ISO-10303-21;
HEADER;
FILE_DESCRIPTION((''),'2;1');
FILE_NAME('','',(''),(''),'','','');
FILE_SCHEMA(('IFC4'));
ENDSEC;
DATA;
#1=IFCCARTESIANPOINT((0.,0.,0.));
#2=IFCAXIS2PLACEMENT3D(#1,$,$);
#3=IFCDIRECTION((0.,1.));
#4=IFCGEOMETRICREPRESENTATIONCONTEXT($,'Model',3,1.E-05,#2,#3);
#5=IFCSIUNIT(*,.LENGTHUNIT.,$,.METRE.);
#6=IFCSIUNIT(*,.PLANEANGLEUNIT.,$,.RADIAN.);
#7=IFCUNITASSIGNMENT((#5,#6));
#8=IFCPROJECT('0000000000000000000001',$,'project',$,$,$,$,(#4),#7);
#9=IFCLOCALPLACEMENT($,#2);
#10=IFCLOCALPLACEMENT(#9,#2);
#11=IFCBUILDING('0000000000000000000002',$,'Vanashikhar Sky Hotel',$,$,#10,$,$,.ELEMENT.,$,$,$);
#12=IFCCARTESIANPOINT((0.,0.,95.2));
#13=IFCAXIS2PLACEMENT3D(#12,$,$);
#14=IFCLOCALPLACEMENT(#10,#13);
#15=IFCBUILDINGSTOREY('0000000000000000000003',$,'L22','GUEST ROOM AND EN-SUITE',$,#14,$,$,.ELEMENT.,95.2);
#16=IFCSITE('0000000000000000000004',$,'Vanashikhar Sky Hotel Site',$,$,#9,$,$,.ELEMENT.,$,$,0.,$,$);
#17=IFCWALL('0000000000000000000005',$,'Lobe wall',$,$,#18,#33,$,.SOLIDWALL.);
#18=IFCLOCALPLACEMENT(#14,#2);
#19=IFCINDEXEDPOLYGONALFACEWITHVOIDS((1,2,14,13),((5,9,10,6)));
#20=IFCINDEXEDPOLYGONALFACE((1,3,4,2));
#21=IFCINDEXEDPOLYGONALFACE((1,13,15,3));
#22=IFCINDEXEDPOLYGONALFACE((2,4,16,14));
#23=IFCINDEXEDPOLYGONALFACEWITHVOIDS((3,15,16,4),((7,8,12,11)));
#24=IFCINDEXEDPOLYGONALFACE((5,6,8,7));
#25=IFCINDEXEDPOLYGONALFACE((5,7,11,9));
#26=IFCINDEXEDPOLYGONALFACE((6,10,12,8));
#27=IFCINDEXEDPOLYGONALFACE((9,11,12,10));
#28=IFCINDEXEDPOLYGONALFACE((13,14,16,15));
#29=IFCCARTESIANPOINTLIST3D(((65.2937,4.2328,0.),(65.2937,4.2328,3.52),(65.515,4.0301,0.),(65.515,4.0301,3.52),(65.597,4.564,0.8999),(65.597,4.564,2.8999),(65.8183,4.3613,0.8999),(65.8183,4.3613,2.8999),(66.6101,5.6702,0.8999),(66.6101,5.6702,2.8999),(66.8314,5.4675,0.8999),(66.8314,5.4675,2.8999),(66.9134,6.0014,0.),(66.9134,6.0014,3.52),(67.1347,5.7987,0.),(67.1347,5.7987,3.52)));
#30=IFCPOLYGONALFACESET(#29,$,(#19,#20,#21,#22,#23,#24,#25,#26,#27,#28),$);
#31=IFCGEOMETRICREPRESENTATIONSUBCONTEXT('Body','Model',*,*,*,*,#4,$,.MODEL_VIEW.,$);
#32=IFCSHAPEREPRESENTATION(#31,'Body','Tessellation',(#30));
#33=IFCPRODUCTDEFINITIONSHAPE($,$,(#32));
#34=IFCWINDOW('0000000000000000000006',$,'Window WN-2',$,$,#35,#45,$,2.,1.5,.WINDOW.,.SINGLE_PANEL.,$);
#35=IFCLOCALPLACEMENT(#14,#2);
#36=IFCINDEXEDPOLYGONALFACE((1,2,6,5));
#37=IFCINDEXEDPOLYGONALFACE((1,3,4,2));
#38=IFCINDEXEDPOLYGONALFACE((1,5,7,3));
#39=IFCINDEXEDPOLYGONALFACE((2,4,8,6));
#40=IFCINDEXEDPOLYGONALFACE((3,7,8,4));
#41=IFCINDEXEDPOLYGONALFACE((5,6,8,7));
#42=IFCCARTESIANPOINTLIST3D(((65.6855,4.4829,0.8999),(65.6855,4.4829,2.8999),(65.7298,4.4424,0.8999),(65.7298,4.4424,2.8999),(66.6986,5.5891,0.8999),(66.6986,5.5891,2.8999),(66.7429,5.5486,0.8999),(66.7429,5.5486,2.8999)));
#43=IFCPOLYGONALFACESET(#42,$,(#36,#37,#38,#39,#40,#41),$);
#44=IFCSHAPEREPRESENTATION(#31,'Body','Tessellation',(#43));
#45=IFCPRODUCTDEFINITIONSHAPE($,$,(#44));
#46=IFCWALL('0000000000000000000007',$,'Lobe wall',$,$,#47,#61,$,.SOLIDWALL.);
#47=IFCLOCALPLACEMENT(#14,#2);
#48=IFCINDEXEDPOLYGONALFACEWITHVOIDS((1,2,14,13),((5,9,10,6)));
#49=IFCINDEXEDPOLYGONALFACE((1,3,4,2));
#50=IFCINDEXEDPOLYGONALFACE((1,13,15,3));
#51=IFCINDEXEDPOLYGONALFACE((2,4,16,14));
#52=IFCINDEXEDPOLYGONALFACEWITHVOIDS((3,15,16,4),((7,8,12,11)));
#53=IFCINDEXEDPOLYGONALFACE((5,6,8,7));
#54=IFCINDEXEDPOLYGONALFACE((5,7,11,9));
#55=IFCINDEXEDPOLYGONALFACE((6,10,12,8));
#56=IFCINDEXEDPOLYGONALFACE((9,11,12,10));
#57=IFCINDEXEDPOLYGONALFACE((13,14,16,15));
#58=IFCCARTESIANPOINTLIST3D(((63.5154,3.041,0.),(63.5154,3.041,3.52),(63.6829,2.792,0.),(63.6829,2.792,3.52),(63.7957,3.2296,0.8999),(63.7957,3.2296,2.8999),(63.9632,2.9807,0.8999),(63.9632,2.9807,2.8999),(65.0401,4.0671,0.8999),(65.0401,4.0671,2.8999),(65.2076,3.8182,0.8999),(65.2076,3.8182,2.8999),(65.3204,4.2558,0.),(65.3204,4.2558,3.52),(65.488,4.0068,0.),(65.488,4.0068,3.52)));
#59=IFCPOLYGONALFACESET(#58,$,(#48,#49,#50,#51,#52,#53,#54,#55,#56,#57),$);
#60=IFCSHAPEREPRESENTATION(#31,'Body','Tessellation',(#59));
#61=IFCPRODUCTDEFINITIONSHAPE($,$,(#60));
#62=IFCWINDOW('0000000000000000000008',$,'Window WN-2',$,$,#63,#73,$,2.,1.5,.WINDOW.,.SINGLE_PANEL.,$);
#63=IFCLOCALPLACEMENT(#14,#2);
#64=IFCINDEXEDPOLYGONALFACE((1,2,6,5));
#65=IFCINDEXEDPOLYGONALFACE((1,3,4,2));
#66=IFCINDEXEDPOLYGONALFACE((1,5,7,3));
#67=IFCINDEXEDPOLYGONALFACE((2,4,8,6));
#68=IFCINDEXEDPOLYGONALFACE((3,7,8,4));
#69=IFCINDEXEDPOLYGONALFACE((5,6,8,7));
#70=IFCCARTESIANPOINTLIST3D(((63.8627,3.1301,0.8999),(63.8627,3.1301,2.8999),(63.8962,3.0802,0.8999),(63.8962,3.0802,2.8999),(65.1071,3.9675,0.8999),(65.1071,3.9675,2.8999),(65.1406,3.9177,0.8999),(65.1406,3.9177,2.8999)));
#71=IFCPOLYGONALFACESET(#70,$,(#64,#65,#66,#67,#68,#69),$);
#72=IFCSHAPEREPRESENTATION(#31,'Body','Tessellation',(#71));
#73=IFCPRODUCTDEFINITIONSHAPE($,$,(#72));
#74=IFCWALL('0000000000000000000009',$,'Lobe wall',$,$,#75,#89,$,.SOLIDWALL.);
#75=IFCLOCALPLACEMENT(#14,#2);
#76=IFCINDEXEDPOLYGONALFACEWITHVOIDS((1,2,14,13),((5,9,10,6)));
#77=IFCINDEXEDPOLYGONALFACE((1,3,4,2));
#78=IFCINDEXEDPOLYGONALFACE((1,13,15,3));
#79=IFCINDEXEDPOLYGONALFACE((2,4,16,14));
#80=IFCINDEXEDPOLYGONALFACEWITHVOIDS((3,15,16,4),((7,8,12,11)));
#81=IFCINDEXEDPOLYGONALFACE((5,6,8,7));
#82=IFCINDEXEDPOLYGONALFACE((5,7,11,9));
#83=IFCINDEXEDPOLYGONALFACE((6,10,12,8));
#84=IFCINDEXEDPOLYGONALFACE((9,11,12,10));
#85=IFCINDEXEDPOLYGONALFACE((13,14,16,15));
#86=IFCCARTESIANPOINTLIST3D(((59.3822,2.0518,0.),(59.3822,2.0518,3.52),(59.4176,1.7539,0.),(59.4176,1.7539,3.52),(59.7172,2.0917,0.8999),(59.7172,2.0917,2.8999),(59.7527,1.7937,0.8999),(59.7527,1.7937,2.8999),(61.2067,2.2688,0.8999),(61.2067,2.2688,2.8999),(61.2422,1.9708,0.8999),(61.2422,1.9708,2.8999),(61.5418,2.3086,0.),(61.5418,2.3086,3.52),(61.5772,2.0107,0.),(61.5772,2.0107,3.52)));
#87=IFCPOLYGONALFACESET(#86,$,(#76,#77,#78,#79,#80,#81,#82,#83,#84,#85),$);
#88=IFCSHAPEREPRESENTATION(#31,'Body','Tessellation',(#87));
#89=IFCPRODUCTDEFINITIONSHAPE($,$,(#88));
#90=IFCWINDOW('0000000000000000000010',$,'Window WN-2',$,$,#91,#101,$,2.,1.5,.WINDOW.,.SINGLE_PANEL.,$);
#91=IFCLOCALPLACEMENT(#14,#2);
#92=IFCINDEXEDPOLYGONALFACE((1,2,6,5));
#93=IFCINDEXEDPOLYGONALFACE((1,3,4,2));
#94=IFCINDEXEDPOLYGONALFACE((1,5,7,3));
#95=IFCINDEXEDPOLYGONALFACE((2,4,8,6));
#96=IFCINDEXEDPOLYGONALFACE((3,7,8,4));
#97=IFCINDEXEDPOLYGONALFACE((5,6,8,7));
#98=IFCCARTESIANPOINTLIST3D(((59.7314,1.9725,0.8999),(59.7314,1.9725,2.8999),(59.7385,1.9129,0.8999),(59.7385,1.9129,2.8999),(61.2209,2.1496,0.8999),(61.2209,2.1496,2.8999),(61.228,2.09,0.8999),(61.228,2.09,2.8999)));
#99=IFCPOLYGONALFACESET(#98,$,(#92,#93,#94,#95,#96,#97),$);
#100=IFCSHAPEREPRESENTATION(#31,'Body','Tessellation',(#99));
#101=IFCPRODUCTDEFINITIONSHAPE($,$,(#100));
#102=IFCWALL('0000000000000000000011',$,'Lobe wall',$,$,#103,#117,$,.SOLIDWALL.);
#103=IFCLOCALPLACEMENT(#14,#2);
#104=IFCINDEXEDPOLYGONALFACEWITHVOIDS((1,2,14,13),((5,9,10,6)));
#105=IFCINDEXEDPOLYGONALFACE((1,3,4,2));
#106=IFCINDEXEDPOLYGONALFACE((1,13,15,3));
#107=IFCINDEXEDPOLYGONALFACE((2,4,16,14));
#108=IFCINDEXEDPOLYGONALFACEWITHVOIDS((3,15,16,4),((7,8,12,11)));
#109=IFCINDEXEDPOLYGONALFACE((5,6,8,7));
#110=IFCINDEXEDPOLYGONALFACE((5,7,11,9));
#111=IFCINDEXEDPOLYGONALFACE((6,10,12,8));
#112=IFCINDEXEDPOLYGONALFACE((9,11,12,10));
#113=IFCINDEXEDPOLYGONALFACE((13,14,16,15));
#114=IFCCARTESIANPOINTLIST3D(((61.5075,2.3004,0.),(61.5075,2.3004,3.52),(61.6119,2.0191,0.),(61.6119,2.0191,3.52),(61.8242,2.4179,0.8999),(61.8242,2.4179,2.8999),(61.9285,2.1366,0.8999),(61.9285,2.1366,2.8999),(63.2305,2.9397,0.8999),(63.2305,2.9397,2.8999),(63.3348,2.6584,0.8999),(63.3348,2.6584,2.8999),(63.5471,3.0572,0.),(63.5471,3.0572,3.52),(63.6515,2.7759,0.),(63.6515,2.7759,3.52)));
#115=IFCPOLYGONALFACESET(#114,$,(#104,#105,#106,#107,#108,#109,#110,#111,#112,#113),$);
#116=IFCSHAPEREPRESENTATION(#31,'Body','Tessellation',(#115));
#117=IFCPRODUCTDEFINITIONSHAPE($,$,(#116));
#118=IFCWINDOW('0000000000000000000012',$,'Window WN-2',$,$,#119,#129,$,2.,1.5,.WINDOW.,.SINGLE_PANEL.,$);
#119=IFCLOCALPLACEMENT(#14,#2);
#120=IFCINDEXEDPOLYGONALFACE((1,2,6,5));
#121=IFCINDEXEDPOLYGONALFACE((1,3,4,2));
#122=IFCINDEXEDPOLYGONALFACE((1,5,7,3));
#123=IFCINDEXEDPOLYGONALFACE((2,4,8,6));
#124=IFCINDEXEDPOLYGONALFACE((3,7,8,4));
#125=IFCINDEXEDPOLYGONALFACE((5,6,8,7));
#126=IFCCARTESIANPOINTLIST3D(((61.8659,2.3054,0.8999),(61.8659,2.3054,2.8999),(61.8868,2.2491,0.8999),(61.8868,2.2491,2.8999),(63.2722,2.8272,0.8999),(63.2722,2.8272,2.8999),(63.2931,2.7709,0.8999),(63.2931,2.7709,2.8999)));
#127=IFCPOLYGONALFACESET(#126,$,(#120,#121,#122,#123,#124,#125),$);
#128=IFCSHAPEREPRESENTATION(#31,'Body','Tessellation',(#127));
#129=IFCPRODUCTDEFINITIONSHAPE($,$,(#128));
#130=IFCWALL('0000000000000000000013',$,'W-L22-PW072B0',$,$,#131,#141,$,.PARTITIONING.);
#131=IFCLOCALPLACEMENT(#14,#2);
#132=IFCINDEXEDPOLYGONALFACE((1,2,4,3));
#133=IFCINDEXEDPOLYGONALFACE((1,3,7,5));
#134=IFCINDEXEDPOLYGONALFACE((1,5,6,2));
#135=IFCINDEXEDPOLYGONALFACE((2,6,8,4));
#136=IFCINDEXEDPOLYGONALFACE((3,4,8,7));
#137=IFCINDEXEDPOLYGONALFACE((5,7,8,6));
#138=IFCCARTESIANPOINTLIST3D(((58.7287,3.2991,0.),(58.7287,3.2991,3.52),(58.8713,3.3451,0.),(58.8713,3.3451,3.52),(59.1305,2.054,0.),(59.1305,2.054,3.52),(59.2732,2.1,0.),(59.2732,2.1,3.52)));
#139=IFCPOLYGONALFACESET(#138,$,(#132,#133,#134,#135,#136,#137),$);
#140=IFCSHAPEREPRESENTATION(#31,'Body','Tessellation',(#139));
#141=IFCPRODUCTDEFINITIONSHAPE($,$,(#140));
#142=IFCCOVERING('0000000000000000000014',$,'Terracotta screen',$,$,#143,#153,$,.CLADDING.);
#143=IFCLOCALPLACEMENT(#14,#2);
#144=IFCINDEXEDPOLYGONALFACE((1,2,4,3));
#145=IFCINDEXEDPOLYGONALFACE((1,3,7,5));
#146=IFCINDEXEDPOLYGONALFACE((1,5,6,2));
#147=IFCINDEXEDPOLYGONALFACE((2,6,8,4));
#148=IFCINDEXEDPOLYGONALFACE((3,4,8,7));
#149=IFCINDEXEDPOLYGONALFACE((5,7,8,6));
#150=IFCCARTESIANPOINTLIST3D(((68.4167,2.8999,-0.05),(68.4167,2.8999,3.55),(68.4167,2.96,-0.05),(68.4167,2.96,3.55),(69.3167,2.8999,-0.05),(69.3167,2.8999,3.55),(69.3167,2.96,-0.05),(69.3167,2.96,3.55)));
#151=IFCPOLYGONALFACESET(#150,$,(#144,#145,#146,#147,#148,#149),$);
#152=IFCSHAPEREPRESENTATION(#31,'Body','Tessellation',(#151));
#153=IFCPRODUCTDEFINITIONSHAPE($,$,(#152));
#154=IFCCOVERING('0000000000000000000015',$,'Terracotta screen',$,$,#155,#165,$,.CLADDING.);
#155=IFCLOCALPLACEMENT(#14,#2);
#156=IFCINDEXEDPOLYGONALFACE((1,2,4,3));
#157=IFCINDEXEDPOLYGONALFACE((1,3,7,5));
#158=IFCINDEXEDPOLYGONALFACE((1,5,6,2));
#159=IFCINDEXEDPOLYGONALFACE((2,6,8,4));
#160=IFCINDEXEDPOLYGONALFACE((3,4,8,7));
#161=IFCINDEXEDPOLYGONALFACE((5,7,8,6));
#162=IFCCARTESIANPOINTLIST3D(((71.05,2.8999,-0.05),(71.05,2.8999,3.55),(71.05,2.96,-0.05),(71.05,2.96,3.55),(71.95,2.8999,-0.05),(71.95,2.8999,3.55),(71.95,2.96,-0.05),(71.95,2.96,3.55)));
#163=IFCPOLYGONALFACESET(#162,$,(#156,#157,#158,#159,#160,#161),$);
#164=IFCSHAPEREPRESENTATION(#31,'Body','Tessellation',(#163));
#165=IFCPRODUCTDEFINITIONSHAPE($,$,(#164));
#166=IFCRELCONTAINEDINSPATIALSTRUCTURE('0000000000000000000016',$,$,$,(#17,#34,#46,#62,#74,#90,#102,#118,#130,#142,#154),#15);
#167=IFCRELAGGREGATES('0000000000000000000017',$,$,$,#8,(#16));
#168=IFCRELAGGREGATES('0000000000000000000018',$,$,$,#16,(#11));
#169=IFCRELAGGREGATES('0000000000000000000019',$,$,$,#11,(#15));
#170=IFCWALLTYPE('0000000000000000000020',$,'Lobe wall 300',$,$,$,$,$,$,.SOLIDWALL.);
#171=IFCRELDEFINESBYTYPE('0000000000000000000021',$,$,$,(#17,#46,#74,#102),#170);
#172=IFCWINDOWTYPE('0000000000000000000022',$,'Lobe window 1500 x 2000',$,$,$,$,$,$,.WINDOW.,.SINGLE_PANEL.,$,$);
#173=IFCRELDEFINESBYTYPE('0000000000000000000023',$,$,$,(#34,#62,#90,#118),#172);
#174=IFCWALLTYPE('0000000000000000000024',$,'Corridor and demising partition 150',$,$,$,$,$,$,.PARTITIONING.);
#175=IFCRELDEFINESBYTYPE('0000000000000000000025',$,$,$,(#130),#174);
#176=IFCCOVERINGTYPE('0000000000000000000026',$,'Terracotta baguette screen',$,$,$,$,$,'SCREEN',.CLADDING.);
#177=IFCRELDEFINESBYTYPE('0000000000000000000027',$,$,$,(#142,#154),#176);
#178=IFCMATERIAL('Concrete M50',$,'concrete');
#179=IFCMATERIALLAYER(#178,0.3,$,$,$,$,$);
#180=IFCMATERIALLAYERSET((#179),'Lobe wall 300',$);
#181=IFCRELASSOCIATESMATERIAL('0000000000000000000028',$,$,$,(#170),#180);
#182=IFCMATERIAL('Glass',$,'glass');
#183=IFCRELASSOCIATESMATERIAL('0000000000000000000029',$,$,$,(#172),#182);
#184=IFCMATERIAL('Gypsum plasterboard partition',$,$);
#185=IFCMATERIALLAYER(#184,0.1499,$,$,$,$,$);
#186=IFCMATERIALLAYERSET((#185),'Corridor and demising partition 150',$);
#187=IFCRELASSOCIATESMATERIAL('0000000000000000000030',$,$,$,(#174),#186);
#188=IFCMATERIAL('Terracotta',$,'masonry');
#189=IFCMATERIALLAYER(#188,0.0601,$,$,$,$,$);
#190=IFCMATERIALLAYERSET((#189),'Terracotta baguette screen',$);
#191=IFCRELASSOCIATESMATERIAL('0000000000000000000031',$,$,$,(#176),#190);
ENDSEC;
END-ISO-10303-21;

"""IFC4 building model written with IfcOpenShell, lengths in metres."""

from ifc_helpers import new_model, si_unit, direction, frame, frame_2d, origin, origin_2d, place, context, subcontext, project, spatial, rectangle, extrude, source, transform, mapped, material, layer, layer_set, type_object, element, fill, save


model = new_model("IFC4")

# Units and contexts
model_context = context("Model", 3, precision=1e-05, world=origin(), true_north=direction((0.0, 1.0)))
body_context = subcontext(model_context, "Body", "Model", "MODEL_VIEW")
ifc_project = project(units=[si_unit("LENGTHUNIT", "METRE"), si_unit("PLANEANGLEUNIT", "RADIAN")], contexts=[model_context])

# Site, building, storey
site_placement = place(None, origin())
site = spatial("IfcSite", under=ifc_project, at=site_placement, Name="Vanashikhar Sky Hotel Site", CompositionType="ELEMENT", RefElevation=0.0)
building_placement = place(site_placement, origin())
building = spatial("IfcBuilding", under=site, at=building_placement, Name="Vanashikhar Sky Hotel", CompositionType="ELEMENT")
storey_placement = place(building_placement, frame((0.0, 0.0, 95.2)))
storey = spatial("IfcBuildingStorey", under=building, at=storey_placement, Name="L22", Description="GUEST ROOM AND EN-SUITE", CompositionType="ELEMENT", Elevation=95.2)

# Walls, openings, windows
ifc_material_1 = material(Name="Concrete M50", Category="concrete")
ifc_layer_1 = layer(ifc_material_1, 0.3)
ifc_layer_set_1 = layer_set([ifc_layer_1], Name="Lobe wall 300")
wall_type_1 = type_object("IfcWallType", Name="Lobe wall 300", PredefinedType="SOLIDWALL", material=ifc_layer_set_1)
shared_shape_1 = source(origin(), body_context, "Body", "SweptSolid", [
    extrude(rectangle(XDim=2.3982, YDim=0.3, at=frame_2d((1.1992, 0.0))), origin(), (0.0, 0.0, 1.0), 3.52),
])
wall_1_placement = place(storey_placement, frame((65.4043, 4.1313, 0.0), z_axis=(0.0, 0.0, 1.0), x_axis=(0.675374, 0.737475, 0.0)))
wall_1 = element("IfcWall", 1, at=wall_1_placement, inside=storey, type_object=wall_type_1, Name="Lobe wall", PredefinedType="SOLIDWALL", context=body_context, shape_type="MappedRepresentation", body=[
    mapped(shared_shape_1, transform((0.0, 0.0, 0.0), scale=1.0)),
])
shared_shape_2 = source(origin(), body_context, "Body", "SweptSolid", [
    extrude(rectangle(XDim=1.5, YDim=2.0, at=frame_2d((0.75, 1.0))), frame((0.0, 0.1602, 0.0), z_axis=(0.0, -1.0, 0.0), x_axis=(1.0, 0.0, 0.0)), (0.0, 0.0, 1.0), 0.3201),
])
opening_1_placement = place(wall_1_placement, frame((0.4492, 0.0, 0.8999)))
opening_1 = element("IfcOpeningElement", 2, at=opening_1_placement, cuts=wall_1, PredefinedType="OPENING", context=body_context, shape_type="MappedRepresentation", body=[
    mapped(shared_shape_2, transform((0.0, 0.0, 0.0), scale=1.0)),
])
ifc_material_2 = material(Name="Glass", Category="glass")
window_type = type_object("IfcWindowType", Name="Lobe window 1500 x 2000", PartitioningType="SINGLE_PANEL", PredefinedType="WINDOW", material=ifc_material_2)
shared_shape_3 = source(origin(), body_context, "Body", "SweptSolid", [
    extrude(rectangle(XDim=1.5, YDim=2.0, at=frame_2d((0.75, 1.0))), frame((0.0, 0.03, 0.0), z_axis=(0.0, -1.0, 0.0), x_axis=(1.0, 0.0, 0.0)), (0.0, 0.0, 1.0), 0.0601),
])
window_1_placement = place(opening_1_placement, origin())
window_1 = element("IfcWindow", 3, at=window_1_placement, inside=storey, type_object=window_type, Name="Window WN-2", OverallHeight=2.0, OverallWidth=1.5, PartitioningType="SINGLE_PANEL", PredefinedType="WINDOW", context=body_context, shape_type="MappedRepresentation", body=[
    mapped(shared_shape_3, transform((0.0, 0.0, 0.0), scale=1.0)),
])
fill(opening_1, window_1)
shared_shape_4 = source(origin(), body_context, "Body", "SweptSolid", [
    extrude(rectangle(XDim=2.1758, YDim=0.3, at=frame_2d((1.0879, 0.0))), origin(), (0.0, 0.0, 1.0), 3.52),
])
wall_2_placement = place(storey_placement, frame((63.5991, 2.9165, 0.0), z_axis=(0.0, 0.0, 1.0), x_axis=(0.829626, 0.55832, 0.0)))
wall_2 = element("IfcWall", 4, at=wall_2_placement, inside=storey, type_object=wall_type_1, Name="Lobe wall", PredefinedType="SOLIDWALL", context=body_context, shape_type="MappedRepresentation", body=[
    mapped(shared_shape_4, transform((0.0, 0.0, 0.0), scale=1.0)),
])
opening_2_placement = place(wall_2_placement, frame((0.3379, 0.0, 0.8999)))
opening_2 = element("IfcOpeningElement", 5, at=opening_2_placement, cuts=wall_2, PredefinedType="OPENING", context=body_context, shape_type="MappedRepresentation", body=[
    mapped(shared_shape_2, transform((0.0, 0.0, 0.0), scale=1.0)),
])
window_2_placement = place(opening_2_placement, origin())
window_2 = element("IfcWindow", 6, at=window_2_placement, inside=storey, type_object=window_type, Name="Window WN-2", OverallHeight=2.0, OverallWidth=1.5, PartitioningType="SINGLE_PANEL", PredefinedType="WINDOW", context=body_context, shape_type="MappedRepresentation", body=[
    mapped(shared_shape_3, transform((0.0, 0.0, 0.0), scale=1.0)),
])
fill(opening_2, window_2)
shared_shape_5 = source(origin(), body_context, "Body", "SweptSolid", [
    extrude(rectangle(XDim=2.1748, YDim=0.3, at=frame_2d((1.0874, 0.0))), origin(), (0.0, 0.0, 1.0), 3.52),
])
wall_3_placement = place(storey_placement, frame((59.3999, 1.9028, 0.0), z_axis=(0.0, 0.0, 1.0), x_axis=(0.993003, 0.118092, 0.0)))
wall_3 = element("IfcWall", 7, at=wall_3_placement, inside=storey, type_object=wall_type_1, Name="Lobe wall", PredefinedType="SOLIDWALL", context=body_context, shape_type="MappedRepresentation", body=[
    mapped(shared_shape_5, transform((0.0, 0.0, 0.0), scale=1.0)),
])
opening_3_placement = place(wall_3_placement, frame((0.3374, 0.0, 0.8999)))
opening_3 = element("IfcOpeningElement", 8, at=opening_3_placement, cuts=wall_3, PredefinedType="OPENING", context=body_context, shape_type="MappedRepresentation", body=[
    mapped(shared_shape_2, transform((0.0, 0.0, 0.0), scale=1.0)),
])
window_3_placement = place(opening_3_placement, origin())
window_3 = element("IfcWindow", 9, at=window_3_placement, inside=storey, type_object=window_type, Name="Window WN-2", OverallHeight=2.0, OverallWidth=1.5, PartitioningType="SINGLE_PANEL", PredefinedType="WINDOW", context=body_context, shape_type="MappedRepresentation", body=[
    mapped(shared_shape_3, transform((0.0, 0.0, 0.0), scale=1.0)),
])
fill(opening_3, window_3)
shared_shape_6 = source(origin(), body_context, "Body", "SweptSolid", [
    extrude(rectangle(XDim=2.1755, YDim=0.3, at=frame_2d((1.0879, 0.0))), origin(), (0.0, 0.0, 1.0), 3.52),
])
wall_4_placement = place(storey_placement, frame((61.5596, 2.1597, 0.0), z_axis=(0.0, 0.0, 1.0), x_axis=(0.937532, 0.347899, 0.0)))
wall_4 = element("IfcWall", 10, at=wall_4_placement, inside=storey, type_object=wall_type_1, Name="Lobe wall", PredefinedType="SOLIDWALL", context=body_context, shape_type="MappedRepresentation", body=[
    mapped(shared_shape_6, transform((0.0, 0.0, 0.0), scale=1.0)),
])
opening_4_placement = place(wall_4_placement, frame((0.3379, 0.0, 0.8999)))
opening_4 = element("IfcOpeningElement", 11, at=opening_4_placement, cuts=wall_4, PredefinedType="OPENING", context=body_context, shape_type="MappedRepresentation", body=[
    mapped(shared_shape_2, transform((0.0, 0.0, 0.0), scale=1.0)),
])
window_4_placement = place(opening_4_placement, origin())
window_4 = element("IfcWindow", 12, at=window_4_placement, inside=storey, type_object=window_type, Name="Window WN-2", OverallHeight=2.0, OverallWidth=1.5, PartitioningType="SINGLE_PANEL", PredefinedType="WINDOW", context=body_context, shape_type="MappedRepresentation", body=[
    mapped(shared_shape_3, transform((0.0, 0.0, 0.0), scale=1.0)),
])
fill(opening_4, window_4)

# Wall
ifc_material_3 = material(Name="Gypsum plasterboard partition")
ifc_layer_2 = layer(ifc_material_3, 0.1499)
ifc_layer_set_2 = layer_set([ifc_layer_2], Name="Corridor and demising partition 150")
wall_type_2 = type_object("IfcWallType", Name="Corridor and demising partition 150", PredefinedType="PARTITIONING", material=ifc_layer_set_2)
shared_shape_7 = source(origin(), body_context, "Body", "SweptSolid", [
    extrude(rectangle(XDim=1.3083, YDim=0.1499, at=frame_2d((0.6543, 0.0))), origin(), (0.0, 0.0, 1.0), 3.52),
])
wall_5_placement = place(storey_placement, frame((59.2019, 2.0769, 0.0), z_axis=(0.0, 0.0, 1.0), x_axis=(-0.307145, 0.951663, 0.0)))
element("IfcWall", 13, at=wall_5_placement, inside=storey, type_object=wall_type_2, Name="W-L22-PW072B0", PredefinedType="PARTITIONING", context=body_context, shape_type="MappedRepresentation", body=[
    mapped(shared_shape_7, transform((0.0, 0.0, 0.0), scale=1.0)),
])

# Coverings
ifc_material_4 = material(Name="Terracotta", Category="masonry")
ifc_layer_3 = layer(ifc_material_4, 0.0601)
ifc_layer_set_3 = layer_set([ifc_layer_3], Name="Terracotta baguette screen")
covering_type_1 = type_object("IfcCoveringType", Name="Terracotta baguette screen", ElementType="SCREEN", PredefinedType="CLADDING", material=ifc_layer_set_3)
shared_shape_8 = source(origin(), body_context, "Body", "SweptSolid", [
    extrude(rectangle(XDim=0.8999, YDim=0.0601, at=origin_2d()), origin(), (0.0, 0.0, 1.0), 3.6001),
])
for number, where, z_axis, x_axis, name in (
    (14, (68.8667, 2.9299, -0.05), (0.0, 0.0, 1.0), (1.0, 0.0, 0.0), "Terracotta screen"),
    (15, (71.5, 2.9299, -0.05), (0.0, 0.0, 1.0), (1.0, 0.0, 0.0), "Terracotta screen"),
):
    element("IfcCovering", number, at=place(storey_placement, frame(where, z_axis=z_axis, x_axis=x_axis)), inside=storey, type_object=covering_type_1, Name=name, PredefinedType="CLADDING", context=body_context, shape_type="MappedRepresentation", body=[
        mapped(shared_shape_8, transform((0.0, 0.0, 0.0), scale=1.0)),
    ])

save(model, "model.ifc")
